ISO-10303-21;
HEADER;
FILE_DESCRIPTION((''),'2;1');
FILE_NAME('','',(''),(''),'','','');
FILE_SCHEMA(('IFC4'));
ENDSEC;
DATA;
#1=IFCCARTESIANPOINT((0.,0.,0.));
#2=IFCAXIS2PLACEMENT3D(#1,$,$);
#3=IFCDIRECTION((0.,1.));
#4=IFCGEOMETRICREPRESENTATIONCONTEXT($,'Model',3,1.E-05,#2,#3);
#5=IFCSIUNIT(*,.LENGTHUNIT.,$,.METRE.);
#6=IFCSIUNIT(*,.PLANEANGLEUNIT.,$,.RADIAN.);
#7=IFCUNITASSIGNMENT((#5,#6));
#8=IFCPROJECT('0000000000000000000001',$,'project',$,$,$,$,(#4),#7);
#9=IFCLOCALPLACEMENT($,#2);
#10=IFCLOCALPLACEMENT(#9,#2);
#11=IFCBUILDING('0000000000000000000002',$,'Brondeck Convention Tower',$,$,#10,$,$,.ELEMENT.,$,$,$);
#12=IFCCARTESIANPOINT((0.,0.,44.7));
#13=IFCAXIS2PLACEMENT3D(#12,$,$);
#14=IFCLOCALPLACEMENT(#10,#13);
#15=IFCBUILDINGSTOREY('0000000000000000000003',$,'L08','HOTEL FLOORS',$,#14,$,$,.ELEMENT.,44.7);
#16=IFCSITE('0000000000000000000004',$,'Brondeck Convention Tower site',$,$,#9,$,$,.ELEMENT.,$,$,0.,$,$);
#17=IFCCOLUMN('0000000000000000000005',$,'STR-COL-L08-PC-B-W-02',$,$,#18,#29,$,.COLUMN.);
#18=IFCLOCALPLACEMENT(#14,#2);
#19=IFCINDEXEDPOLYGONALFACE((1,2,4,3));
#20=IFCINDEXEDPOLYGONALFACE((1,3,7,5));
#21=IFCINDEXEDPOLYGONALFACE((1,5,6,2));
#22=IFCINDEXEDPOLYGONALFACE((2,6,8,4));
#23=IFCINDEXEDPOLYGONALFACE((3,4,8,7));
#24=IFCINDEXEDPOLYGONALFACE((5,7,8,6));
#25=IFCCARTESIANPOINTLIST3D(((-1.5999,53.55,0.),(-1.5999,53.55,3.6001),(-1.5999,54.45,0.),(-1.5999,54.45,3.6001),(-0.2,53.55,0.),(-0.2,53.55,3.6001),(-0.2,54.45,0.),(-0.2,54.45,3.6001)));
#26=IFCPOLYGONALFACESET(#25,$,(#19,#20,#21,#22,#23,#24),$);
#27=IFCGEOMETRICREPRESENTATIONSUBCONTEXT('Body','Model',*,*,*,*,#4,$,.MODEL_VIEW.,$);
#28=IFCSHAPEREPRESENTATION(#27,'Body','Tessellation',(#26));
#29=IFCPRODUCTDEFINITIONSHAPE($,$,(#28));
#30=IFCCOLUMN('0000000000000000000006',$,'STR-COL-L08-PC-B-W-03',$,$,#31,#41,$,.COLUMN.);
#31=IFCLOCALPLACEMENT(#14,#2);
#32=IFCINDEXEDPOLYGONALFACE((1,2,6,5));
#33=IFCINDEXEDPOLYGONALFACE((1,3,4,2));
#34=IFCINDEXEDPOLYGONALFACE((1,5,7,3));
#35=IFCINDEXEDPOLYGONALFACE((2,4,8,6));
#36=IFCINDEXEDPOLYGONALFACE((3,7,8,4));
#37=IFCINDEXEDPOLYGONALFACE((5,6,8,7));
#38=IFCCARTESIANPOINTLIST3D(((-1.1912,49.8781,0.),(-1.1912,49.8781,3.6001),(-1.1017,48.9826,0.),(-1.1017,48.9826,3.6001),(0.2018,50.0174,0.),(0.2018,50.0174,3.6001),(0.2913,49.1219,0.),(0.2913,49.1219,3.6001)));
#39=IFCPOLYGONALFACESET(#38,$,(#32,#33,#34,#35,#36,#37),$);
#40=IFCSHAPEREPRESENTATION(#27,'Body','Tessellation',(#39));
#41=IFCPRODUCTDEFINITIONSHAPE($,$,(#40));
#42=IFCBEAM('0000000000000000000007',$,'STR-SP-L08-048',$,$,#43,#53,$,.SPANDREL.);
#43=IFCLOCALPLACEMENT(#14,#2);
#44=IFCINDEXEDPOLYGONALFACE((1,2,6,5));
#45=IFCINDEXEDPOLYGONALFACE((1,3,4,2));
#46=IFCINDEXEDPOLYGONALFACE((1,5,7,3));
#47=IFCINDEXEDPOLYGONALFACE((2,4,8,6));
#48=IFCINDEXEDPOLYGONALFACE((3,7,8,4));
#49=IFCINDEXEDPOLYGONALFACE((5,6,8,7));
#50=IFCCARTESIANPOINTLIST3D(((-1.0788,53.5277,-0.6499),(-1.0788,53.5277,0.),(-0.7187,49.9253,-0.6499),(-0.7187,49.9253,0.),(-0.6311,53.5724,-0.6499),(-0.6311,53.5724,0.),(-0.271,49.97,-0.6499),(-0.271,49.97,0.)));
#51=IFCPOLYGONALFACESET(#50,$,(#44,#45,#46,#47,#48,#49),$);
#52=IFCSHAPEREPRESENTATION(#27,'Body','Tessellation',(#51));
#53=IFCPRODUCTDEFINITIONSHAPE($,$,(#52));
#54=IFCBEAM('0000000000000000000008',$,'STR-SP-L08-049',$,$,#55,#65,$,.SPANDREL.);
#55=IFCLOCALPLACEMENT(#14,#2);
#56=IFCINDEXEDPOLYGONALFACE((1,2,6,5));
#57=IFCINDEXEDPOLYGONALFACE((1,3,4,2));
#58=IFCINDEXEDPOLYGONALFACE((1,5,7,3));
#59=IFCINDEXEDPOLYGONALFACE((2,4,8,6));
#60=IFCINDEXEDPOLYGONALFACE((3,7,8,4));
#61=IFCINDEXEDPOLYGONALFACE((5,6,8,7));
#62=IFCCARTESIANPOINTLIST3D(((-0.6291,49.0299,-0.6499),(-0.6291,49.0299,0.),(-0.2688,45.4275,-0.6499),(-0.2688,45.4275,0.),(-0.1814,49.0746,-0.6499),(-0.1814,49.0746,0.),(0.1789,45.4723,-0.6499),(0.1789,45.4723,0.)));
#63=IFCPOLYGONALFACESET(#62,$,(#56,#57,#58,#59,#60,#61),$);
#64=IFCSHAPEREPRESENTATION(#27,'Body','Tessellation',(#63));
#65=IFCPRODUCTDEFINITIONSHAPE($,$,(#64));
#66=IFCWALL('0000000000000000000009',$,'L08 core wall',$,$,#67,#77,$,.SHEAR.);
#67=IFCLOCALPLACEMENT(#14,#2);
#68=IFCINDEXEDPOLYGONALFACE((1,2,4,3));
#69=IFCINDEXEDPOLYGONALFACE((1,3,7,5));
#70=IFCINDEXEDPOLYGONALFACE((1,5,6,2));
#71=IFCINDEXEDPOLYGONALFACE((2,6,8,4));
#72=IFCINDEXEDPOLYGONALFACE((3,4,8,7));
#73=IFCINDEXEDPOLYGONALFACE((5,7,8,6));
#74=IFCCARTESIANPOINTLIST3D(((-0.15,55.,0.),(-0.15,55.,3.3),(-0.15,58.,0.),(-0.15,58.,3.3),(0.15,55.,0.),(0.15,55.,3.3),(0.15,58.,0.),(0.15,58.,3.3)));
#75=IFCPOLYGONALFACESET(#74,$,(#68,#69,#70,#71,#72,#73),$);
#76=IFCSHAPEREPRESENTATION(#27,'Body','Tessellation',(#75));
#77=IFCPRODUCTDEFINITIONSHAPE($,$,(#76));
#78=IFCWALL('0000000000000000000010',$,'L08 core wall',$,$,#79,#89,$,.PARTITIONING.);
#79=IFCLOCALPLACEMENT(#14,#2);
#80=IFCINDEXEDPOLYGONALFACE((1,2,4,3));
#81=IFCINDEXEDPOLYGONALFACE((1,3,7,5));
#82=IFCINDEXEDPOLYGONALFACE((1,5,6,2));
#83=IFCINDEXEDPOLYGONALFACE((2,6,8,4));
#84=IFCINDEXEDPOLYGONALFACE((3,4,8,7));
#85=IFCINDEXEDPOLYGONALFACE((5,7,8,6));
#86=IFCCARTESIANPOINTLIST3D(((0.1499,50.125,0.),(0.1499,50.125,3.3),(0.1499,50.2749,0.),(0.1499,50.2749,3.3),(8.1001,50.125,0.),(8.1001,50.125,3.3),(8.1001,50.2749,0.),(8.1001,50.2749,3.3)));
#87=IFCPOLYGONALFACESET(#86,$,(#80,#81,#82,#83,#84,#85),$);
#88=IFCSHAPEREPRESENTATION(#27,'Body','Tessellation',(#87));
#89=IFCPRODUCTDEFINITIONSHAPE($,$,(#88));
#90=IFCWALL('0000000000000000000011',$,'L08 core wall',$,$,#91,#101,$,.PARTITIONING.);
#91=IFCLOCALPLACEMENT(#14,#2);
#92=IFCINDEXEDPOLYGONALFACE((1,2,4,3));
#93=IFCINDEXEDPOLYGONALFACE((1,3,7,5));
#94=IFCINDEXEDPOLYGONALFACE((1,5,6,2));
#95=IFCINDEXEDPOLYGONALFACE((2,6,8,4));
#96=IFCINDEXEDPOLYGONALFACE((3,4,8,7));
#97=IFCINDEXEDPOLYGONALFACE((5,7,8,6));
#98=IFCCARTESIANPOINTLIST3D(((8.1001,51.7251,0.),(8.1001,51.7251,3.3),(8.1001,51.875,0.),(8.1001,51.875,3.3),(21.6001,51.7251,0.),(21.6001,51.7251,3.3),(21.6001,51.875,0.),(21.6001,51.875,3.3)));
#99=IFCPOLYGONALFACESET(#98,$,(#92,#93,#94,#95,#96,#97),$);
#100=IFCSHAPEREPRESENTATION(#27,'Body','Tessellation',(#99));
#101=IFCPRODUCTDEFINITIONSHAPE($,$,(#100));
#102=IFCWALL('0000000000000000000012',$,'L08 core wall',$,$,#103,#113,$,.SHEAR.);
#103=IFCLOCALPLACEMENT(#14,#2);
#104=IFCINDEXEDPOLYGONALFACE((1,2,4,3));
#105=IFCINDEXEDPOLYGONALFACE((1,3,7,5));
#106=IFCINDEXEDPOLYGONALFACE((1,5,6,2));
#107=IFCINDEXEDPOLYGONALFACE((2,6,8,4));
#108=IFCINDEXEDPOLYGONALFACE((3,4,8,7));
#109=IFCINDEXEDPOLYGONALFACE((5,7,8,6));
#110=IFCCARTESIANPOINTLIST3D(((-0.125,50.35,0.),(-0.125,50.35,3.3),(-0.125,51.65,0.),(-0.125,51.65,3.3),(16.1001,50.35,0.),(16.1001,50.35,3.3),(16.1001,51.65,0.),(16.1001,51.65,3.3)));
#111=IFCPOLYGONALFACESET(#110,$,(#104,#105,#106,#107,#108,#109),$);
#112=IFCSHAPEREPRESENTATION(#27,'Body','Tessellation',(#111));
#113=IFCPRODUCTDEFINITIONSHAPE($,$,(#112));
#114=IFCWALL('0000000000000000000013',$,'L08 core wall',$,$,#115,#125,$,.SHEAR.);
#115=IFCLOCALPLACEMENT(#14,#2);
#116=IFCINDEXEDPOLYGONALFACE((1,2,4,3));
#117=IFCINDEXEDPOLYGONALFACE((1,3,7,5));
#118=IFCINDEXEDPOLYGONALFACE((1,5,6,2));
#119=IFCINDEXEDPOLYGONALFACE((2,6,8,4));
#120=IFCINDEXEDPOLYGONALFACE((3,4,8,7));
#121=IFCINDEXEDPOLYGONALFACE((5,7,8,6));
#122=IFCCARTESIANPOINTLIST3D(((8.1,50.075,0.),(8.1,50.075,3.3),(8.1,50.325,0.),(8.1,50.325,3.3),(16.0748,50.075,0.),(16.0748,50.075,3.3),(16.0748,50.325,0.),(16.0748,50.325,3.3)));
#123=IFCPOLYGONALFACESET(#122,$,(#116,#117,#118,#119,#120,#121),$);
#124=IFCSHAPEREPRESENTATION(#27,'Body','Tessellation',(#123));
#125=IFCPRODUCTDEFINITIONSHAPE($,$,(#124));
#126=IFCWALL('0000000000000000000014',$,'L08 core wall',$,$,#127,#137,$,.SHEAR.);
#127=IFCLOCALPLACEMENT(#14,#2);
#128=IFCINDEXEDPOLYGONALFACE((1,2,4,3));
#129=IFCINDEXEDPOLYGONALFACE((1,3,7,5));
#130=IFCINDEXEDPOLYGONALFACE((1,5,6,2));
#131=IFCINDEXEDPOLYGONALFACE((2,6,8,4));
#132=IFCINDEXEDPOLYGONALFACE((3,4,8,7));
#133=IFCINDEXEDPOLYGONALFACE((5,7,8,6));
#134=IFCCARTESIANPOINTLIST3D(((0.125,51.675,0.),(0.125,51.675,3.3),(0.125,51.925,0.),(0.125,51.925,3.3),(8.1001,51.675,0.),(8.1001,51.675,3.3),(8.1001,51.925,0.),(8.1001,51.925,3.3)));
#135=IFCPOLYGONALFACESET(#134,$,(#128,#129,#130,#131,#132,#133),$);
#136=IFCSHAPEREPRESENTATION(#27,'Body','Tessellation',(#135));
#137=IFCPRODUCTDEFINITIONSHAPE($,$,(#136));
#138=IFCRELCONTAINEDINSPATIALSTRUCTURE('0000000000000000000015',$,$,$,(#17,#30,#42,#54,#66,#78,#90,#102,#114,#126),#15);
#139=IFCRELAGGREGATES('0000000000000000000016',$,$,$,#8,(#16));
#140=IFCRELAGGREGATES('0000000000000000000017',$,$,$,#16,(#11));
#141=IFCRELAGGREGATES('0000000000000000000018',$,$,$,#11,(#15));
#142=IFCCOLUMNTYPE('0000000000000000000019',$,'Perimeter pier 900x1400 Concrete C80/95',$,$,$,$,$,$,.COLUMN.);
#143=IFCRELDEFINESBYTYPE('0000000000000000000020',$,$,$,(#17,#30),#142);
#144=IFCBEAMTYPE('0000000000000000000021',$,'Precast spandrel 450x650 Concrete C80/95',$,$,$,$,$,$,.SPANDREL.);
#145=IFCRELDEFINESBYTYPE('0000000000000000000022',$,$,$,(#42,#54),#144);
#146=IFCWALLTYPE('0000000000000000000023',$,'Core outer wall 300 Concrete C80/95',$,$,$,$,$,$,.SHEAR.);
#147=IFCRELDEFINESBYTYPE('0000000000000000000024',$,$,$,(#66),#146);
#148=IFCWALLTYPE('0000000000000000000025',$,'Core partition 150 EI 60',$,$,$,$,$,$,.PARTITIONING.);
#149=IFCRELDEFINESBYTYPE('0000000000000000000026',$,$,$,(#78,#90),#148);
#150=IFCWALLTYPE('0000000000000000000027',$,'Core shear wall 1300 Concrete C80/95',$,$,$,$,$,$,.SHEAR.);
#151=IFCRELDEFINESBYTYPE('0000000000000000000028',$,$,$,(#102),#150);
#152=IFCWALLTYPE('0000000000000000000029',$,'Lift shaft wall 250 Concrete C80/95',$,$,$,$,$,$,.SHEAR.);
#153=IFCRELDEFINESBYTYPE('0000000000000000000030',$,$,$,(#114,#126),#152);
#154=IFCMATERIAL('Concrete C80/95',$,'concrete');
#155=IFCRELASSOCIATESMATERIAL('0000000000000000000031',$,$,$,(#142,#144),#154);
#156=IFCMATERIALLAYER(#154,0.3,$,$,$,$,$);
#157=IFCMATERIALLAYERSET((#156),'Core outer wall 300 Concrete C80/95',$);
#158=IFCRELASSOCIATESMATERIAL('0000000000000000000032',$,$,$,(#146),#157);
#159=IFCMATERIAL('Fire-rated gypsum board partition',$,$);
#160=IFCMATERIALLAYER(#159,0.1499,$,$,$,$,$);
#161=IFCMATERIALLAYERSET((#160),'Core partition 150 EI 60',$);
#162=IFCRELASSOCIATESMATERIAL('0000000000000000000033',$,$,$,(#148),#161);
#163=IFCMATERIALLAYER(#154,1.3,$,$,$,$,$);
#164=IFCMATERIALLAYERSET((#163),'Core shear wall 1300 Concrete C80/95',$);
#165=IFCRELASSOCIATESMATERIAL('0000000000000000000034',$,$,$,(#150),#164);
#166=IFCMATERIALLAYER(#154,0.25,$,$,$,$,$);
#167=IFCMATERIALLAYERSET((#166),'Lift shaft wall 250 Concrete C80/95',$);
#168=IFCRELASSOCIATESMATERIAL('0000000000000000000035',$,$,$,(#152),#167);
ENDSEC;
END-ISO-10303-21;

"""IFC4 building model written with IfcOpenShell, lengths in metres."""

from ifc_helpers import new_model, si_unit, direction, frame, frame_2d, origin, origin_2d, place, context, subcontext, project, spatial, rectangle, extrude, material, layer, layer_set, material_profile, profile_set, type_object, element, save


model = new_model("IFC4")

# Units and contexts
model_context = context("Model", 3, precision=1e-05, world=origin(), true_north=direction((0.0, 1.0)))
body_context = subcontext(model_context, "Body", "Model", "MODEL_VIEW")
ifc_project = project(units=[si_unit("LENGTHUNIT", "METRE"), si_unit("PLANEANGLEUNIT", "RADIAN")], contexts=[model_context])

# Site, building, storey
site_placement = place(None, origin())
site = spatial("IfcSite", under=ifc_project, at=site_placement, Name="Brondeck Convention Tower site", CompositionType="ELEMENT", RefElevation=0.0)
building_placement = place(site_placement, origin())
building = spatial("IfcBuilding", under=site, at=building_placement, Name="Brondeck Convention Tower", CompositionType="ELEMENT")
storey_placement = place(building_placement, frame((0.0, 0.0, 44.7)))
storey = spatial("IfcBuildingStorey", under=building, at=storey_placement, Name="L08", Description="HOTEL FLOORS", CompositionType="ELEMENT", Elevation=44.7)

# Columns
ifc_material_1 = material(Name="Concrete C80/95", Category="concrete")
ifc_material_profile_1 = material_profile(ifc_material_1, rectangle(XDim=0.8999, YDim=1.3999, at=origin_2d()), Name="Perimeter pier 900x1400 Concrete C80/95")
ifc_profile_set_1 = profile_set([ifc_material_profile_1], Name="Concrete C80/95")
column_type = type_object("IfcColumnType", Name="Perimeter pier 900x1400 Concrete C80/95", PredefinedType="COLUMN", material=ifc_profile_set_1)
for number, where, z_axis, x_axis, name in (
    (1, (-0.8999, 54.0, 0.0), (0.0, 0.0, 1.0), (0.0, -1.0, 0.0), "STR-COL-L08-PC-B-W-02"),
    (2, (-0.45, 49.5, 0.0), (0.0, 0.0, 1.0), (0.099504, -0.995037, 0.0), "STR-COL-L08-PC-B-W-03"),
):
    element("IfcColumn", number, at=place(storey_placement, frame(where, z_axis=z_axis, x_axis=x_axis)), inside=storey, type_object=column_type, Name=name, PredefinedType="COLUMN", context=body_context, shape_type="SweptSolid", body=[
        extrude(rectangle(XDim=0.8999, YDim=1.3999, at=origin_2d()), origin(), (0.0, 0.0, 1.0), 3.6001),
    ])

# Beams
ifc_material_profile_2 = material_profile(ifc_material_1, rectangle(XDim=0.45, YDim=0.6499, at=origin_2d()), Name="Precast spandrel 450x650 Concrete C80/95")
ifc_profile_set_2 = profile_set([ifc_material_profile_2], Name="Concrete C80/95")
beam_type = type_object("IfcBeamType", Name="Precast spandrel 450x650 Concrete C80/95", PredefinedType="SPANDREL", material=ifc_profile_set_2)
for number, where, z_axis, x_axis, name in (
    (3, (-0.855, 53.55, -0.325), (0.09947, -0.995041, 0.0), (0.995041, 0.09947, 0.0), "STR-SP-L08-048"),
    (4, (-0.4053, 49.0522, -0.325), (0.099537, -0.995034, 0.0), (0.995034, 0.099537, 0.0), "STR-SP-L08-049"),
):
    element("IfcBeam", number, at=place(storey_placement, frame(where, z_axis=z_axis, x_axis=x_axis)), inside=storey, type_object=beam_type, Name=name, PredefinedType="SPANDREL", context=body_context, shape_type="SweptSolid", body=[
        extrude(rectangle(XDim=0.45, YDim=0.6499, at=origin_2d()), origin(), (0.0, 0.0, 1.0), 3.6204),
    ])

# Walls
ifc_layer_1 = layer(ifc_material_1, 0.3)
ifc_layer_set_1 = layer_set([ifc_layer_1], Name="Core outer wall 300 Concrete C80/95")
wall_type_1 = type_object("IfcWallType", Name="Core outer wall 300 Concrete C80/95", PredefinedType="SHEAR", material=ifc_layer_set_1)
wall_1_placement = place(storey_placement, frame((0.0, 55.0, 0.0), z_axis=(0.0, 0.0, 1.0), x_axis=(0.0, 1.0, 0.0)))
element("IfcWall", 5, at=wall_1_placement, inside=storey, type_object=wall_type_1, Name="L08 core wall", PredefinedType="SHEAR", context=body_context, shape_type="SweptSolid", body=[
    extrude(rectangle(XDim=3.0, YDim=0.3, at=frame_2d((1.5, 0.0))), origin(), (0.0, 0.0, 1.0), 3.3),
])
ifc_material_2 = material(Name="Fire-rated gypsum board partition")
ifc_layer_2 = layer(ifc_material_2, 0.1499)
ifc_layer_set_2 = layer_set([ifc_layer_2], Name="Core partition 150 EI 60")
wall_type_2 = type_object("IfcWallType", Name="Core partition 150 EI 60", PredefinedType="PARTITIONING", material=ifc_layer_set_2)
wall_2_placement = place(storey_placement, frame((0.1499, 50.2, 0.0), z_axis=(0.0, 0.0, 1.0), x_axis=(1.0, 0.0, 0.0)))
element("IfcWall", 6, at=wall_2_placement, inside=storey, type_object=wall_type_2, Name="L08 core wall", PredefinedType="PARTITIONING", context=body_context, shape_type="SweptSolid", body=[
    extrude(rectangle(XDim=7.9502, YDim=0.1499, at=frame_2d((3.9751, 0.0))), origin(), (0.0, 0.0, 1.0), 3.3),
])
wall_3_placement = place(storey_placement, frame((8.1001, 51.8, 0.0), z_axis=(0.0, 0.0, 1.0), x_axis=(1.0, 0.0, 0.0)))
element("IfcWall", 7, at=wall_3_placement, inside=storey, type_object=wall_type_2, Name="L08 core wall", PredefinedType="PARTITIONING", context=body_context, shape_type="SweptSolid", body=[
    extrude(rectangle(XDim=13.5, YDim=0.1499, at=frame_2d((6.75, 0.0))), origin(), (0.0, 0.0, 1.0), 3.3),
])
ifc_layer_3 = layer(ifc_material_1, 1.3)
ifc_layer_set_3 = layer_set([ifc_layer_3], Name="Core shear wall 1300 Concrete C80/95")
wall_type_3 = type_object("IfcWallType", Name="Core shear wall 1300 Concrete C80/95", PredefinedType="SHEAR", material=ifc_layer_set_3)
wall_4_placement = place(storey_placement, frame((-0.125, 51.0, 0.0), z_axis=(0.0, 0.0, 1.0), x_axis=(1.0, 0.0, 0.0)))
element("IfcWall", 8, at=wall_4_placement, inside=storey, type_object=wall_type_3, Name="L08 core wall", PredefinedType="SHEAR", context=body_context, shape_type="SweptSolid", body=[
    extrude(rectangle(XDim=16.2251, YDim=1.3, at=frame_2d((8.1125, 0.0))), origin(), (0.0, 0.0, 1.0), 3.3),
])
ifc_layer_4 = layer(ifc_material_1, 0.25)
ifc_layer_set_4 = layer_set([ifc_layer_4], Name="Lift shaft wall 250 Concrete C80/95")
wall_type_4 = type_object("IfcWallType", Name="Lift shaft wall 250 Concrete C80/95", PredefinedType="SHEAR", material=ifc_layer_set_4)
wall_5_placement = place(storey_placement, frame((8.1001, 50.2, 0.0), z_axis=(0.0, 0.0, 1.0), x_axis=(1.0, 0.0, 0.0)))
element("IfcWall", 9, at=wall_5_placement, inside=storey, type_object=wall_type_4, Name="L08 core wall", PredefinedType="SHEAR", context=body_context, shape_type="SweptSolid", body=[
    extrude(rectangle(XDim=7.9749, YDim=0.25, at=frame_2d((3.9873, 0.0))), origin(), (0.0, 0.0, 1.0), 3.3),
])
wall_6_placement = place(storey_placement, frame((0.125, 51.8, 0.0), z_axis=(0.0, 0.0, 1.0), x_axis=(1.0, 0.0, 0.0)))
element("IfcWall", 10, at=wall_6_placement, inside=storey, type_object=wall_type_4, Name="L08 core wall", PredefinedType="SHEAR", context=body_context, shape_type="SweptSolid", body=[
    extrude(rectangle(XDim=7.9751, YDim=0.25, at=frame_2d((3.9875, 0.0))), origin(), (0.0, 0.0, 1.0), 3.3),
])

save(model, "model.ifc")
